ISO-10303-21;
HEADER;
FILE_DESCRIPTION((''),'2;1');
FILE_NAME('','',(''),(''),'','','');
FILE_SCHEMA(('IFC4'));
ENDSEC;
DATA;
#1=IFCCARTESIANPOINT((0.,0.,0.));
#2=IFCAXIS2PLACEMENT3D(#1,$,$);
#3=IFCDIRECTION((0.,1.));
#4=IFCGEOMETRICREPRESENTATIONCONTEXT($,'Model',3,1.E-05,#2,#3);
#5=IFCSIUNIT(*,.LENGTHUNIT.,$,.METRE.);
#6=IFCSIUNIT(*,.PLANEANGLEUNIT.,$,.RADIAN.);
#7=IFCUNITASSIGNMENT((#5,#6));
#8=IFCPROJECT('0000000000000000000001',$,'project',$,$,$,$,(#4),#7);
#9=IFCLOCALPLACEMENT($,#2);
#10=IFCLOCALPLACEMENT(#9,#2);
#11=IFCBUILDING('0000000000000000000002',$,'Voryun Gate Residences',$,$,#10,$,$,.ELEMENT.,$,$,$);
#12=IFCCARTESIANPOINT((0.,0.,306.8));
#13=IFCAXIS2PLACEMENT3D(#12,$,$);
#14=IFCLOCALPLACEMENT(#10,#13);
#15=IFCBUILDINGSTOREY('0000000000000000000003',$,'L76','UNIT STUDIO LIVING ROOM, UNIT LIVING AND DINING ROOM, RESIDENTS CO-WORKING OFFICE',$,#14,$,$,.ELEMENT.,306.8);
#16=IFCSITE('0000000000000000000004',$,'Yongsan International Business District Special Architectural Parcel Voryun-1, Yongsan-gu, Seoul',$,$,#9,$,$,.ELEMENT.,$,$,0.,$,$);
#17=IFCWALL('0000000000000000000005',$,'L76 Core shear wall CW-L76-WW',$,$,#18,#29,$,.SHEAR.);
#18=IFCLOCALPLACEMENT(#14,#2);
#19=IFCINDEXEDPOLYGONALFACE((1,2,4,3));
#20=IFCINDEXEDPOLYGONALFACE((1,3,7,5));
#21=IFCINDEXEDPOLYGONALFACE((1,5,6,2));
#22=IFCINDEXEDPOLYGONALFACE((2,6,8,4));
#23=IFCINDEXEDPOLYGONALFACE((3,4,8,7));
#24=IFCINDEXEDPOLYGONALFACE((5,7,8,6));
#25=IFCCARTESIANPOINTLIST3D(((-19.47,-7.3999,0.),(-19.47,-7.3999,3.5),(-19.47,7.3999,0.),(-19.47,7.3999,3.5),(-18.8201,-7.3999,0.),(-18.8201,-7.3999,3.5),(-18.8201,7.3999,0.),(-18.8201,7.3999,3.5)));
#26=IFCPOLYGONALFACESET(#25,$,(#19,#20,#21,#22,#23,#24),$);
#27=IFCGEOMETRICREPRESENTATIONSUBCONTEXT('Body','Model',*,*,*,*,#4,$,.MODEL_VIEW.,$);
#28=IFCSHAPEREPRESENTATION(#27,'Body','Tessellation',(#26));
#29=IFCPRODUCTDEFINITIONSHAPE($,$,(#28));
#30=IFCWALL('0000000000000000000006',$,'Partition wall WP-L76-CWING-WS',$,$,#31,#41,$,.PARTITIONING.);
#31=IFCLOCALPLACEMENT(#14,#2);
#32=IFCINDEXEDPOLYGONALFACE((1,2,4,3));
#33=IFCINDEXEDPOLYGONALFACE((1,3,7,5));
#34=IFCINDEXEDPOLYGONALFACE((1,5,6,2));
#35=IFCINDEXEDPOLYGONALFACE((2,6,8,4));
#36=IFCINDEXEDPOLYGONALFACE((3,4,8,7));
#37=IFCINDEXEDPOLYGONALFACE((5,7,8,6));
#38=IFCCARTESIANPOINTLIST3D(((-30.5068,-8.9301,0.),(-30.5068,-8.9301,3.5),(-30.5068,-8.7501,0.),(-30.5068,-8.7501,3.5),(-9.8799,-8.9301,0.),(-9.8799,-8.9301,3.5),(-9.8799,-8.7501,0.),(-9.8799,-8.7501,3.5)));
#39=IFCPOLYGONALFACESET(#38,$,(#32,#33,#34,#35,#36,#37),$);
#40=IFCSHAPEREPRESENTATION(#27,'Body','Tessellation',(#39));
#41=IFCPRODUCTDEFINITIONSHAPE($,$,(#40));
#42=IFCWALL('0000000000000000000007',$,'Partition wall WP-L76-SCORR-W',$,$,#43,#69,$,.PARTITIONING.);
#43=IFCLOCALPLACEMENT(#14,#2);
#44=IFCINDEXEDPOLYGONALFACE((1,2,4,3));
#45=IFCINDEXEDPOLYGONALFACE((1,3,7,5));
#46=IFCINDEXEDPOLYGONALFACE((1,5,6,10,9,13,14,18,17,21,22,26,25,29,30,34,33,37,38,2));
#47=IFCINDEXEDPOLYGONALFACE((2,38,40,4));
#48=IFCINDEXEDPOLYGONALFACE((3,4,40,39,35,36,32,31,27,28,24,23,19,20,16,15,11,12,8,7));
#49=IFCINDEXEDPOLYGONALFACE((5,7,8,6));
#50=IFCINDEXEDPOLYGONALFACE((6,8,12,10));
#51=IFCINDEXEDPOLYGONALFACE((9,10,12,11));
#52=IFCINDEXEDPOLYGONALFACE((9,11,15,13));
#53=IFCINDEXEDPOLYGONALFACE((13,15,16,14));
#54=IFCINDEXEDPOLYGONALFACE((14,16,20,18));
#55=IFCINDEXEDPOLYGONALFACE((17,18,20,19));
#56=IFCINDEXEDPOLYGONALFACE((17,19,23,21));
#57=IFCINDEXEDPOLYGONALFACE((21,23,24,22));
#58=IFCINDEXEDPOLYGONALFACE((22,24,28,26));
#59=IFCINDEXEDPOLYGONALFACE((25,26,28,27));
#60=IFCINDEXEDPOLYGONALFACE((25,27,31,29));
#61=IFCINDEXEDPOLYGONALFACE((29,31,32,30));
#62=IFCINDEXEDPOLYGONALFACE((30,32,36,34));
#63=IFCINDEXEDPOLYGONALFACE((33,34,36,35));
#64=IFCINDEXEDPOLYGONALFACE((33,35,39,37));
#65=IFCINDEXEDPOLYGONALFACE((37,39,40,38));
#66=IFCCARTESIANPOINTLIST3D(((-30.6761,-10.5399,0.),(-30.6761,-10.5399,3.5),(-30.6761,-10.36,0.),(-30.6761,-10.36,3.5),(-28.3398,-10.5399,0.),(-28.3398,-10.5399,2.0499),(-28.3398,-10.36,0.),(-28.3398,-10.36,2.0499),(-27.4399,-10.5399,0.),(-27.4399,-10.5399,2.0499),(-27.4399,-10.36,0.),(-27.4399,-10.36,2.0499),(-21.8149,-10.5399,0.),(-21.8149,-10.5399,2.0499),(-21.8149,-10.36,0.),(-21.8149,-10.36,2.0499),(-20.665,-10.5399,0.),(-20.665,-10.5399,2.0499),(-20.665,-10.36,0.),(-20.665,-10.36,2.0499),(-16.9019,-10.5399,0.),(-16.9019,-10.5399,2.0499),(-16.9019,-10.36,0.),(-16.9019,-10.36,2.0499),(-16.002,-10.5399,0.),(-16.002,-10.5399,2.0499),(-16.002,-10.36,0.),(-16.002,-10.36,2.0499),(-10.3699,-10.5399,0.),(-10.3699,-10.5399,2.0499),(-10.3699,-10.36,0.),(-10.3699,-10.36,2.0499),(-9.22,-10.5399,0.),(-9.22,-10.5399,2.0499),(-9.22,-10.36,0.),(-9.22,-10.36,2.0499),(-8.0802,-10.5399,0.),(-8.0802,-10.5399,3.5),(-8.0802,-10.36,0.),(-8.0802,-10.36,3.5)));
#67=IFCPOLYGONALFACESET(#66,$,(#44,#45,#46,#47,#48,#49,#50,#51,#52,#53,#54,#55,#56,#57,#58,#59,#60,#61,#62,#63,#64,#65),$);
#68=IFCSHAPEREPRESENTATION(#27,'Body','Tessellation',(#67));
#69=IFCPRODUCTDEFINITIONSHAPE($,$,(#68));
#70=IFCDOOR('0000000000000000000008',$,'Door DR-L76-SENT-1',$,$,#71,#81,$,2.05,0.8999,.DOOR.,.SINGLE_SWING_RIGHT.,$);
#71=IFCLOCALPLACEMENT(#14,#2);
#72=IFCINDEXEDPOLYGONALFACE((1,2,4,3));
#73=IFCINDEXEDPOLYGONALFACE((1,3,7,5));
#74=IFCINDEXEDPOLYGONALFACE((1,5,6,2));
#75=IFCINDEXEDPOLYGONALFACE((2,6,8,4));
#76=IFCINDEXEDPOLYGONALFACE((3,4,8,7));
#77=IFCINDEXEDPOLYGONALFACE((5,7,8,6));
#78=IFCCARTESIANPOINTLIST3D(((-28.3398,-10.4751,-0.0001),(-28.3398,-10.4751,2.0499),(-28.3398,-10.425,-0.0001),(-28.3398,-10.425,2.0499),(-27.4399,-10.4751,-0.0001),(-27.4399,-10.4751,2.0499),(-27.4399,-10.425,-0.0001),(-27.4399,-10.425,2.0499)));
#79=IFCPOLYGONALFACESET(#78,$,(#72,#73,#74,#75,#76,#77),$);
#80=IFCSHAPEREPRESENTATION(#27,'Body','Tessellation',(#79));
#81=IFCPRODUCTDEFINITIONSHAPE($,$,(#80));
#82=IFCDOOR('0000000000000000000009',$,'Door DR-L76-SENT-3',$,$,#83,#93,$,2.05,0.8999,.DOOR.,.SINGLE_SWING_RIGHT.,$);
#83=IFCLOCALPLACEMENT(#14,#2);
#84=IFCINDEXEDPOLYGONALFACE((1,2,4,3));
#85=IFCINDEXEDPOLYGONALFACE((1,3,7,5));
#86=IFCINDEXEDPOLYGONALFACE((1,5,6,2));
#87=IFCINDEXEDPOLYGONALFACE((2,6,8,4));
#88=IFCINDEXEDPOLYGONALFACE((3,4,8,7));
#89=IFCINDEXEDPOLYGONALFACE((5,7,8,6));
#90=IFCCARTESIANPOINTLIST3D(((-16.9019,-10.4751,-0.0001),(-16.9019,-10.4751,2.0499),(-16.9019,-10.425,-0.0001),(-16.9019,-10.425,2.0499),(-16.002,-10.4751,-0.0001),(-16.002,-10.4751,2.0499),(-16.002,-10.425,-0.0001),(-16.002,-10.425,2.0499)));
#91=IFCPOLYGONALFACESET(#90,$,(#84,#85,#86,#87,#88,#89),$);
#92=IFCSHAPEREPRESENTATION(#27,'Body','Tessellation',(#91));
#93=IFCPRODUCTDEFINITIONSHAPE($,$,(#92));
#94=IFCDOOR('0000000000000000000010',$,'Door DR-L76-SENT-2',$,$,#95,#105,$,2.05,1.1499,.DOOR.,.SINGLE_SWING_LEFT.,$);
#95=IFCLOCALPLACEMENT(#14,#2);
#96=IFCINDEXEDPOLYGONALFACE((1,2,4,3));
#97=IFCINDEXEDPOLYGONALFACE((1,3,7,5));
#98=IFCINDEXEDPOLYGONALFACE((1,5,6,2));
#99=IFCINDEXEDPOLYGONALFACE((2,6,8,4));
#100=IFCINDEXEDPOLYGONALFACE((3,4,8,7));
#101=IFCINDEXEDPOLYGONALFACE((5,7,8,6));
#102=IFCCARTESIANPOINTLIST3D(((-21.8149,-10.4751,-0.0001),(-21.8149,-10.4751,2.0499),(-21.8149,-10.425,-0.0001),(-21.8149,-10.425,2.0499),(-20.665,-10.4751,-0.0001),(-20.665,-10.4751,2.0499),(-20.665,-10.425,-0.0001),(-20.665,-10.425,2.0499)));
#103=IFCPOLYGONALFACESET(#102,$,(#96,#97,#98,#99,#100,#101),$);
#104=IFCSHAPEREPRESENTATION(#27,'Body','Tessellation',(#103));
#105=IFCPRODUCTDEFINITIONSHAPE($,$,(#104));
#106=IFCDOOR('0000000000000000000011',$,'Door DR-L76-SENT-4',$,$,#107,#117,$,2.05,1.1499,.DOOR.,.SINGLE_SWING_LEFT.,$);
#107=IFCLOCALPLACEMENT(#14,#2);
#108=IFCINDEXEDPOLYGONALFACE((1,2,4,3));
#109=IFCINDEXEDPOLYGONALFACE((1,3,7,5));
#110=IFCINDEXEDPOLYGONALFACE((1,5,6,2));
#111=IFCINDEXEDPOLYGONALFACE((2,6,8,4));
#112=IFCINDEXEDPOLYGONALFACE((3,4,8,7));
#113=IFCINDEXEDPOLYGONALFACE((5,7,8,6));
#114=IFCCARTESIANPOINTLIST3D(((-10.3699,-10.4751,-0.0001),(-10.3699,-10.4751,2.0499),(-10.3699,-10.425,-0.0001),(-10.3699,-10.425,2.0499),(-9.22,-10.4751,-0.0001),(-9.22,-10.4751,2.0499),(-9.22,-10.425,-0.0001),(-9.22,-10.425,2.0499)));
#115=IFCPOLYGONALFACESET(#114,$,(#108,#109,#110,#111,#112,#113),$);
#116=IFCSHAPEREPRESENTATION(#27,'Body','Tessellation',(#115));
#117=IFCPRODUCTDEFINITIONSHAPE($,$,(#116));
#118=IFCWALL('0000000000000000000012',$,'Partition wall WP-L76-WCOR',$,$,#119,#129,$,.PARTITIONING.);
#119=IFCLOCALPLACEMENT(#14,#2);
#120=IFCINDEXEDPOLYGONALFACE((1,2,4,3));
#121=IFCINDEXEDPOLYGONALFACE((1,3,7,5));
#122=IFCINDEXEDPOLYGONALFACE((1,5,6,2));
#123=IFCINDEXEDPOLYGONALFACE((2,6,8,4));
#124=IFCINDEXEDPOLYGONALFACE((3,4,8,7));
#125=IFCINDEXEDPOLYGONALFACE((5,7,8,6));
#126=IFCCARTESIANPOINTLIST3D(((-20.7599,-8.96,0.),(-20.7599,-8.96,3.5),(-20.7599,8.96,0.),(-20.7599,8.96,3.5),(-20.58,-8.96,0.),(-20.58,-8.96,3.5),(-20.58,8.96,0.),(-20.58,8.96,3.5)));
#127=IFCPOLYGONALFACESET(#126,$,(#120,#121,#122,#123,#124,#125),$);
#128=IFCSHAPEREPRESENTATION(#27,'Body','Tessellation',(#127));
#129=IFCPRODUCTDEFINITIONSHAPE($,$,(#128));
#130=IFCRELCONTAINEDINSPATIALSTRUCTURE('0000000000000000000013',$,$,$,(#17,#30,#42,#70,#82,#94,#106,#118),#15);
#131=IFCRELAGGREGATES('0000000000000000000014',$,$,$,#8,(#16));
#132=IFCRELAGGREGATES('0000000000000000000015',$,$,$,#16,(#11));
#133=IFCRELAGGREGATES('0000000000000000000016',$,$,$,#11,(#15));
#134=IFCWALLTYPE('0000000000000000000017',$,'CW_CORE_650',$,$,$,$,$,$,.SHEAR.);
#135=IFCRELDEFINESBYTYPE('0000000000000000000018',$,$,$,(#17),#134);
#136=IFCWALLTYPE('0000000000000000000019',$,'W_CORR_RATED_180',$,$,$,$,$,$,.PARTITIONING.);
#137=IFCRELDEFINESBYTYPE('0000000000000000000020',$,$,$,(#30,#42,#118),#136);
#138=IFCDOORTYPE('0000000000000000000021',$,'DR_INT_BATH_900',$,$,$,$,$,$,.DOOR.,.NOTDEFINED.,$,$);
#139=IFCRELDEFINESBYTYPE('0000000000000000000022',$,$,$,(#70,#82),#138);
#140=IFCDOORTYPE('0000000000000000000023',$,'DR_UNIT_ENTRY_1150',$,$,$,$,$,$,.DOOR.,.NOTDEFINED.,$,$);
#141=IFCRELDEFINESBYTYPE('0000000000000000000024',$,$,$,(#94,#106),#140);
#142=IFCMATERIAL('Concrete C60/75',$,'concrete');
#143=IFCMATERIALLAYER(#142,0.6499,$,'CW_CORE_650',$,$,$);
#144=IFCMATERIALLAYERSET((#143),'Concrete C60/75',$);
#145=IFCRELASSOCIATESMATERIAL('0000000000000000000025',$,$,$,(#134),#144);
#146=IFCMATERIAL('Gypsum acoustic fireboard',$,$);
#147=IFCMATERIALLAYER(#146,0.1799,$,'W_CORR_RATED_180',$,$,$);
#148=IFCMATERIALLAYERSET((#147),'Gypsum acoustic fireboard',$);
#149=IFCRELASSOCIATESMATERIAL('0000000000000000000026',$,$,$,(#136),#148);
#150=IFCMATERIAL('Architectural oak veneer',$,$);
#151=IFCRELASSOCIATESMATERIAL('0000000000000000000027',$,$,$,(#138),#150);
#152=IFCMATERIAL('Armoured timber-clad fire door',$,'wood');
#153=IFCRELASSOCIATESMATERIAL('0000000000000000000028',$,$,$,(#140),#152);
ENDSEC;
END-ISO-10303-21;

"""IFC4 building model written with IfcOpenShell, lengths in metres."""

from ifc_helpers import new_model, si_unit, direction, frame, frame_2d, origin, place, context, subcontext, project, spatial, rectangle, extrude, material, layer, layer_set, type_object, element, fill, save


model = new_model("IFC4")

# Units and contexts
model_context = context("Model", 3, precision=1e-05, world=origin(), true_north=direction((0.0, 1.0)))
body_context = subcontext(model_context, "Body", "Model", "MODEL_VIEW")
ifc_project = project(units=[si_unit("LENGTHUNIT", "METRE"), si_unit("PLANEANGLEUNIT", "RADIAN")], contexts=[model_context])

# Site, building, storey
site_placement = place(None, origin())
site = spatial("IfcSite", under=ifc_project, at=site_placement, Name="Yongsan International Business District Special Architectural Parcel Voryun-1, Yongsan-gu, Seoul", CompositionType="ELEMENT", RefElevation=0.0)
building_placement = place(site_placement, origin())
building = spatial("IfcBuilding", under=site, at=building_placement, Name="Voryun Gate Residences", CompositionType="ELEMENT")
storey_placement = place(building_placement, frame((0.0, 0.0, 306.8)))
storey = spatial("IfcBuildingStorey", under=building, at=storey_placement, Name="L76", Description="UNIT STUDIO LIVING ROOM, UNIT LIVING AND DINING ROOM, RESIDENTS CO-WORKING OFFICE", CompositionType="ELEMENT", Elevation=306.8)

# Walls
ifc_material_1 = material(Name="Concrete C60/75", Category="concrete")
ifc_layer_1 = layer(ifc_material_1, 0.6499, Name="CW_CORE_650")
ifc_layer_set_1 = layer_set([ifc_layer_1], Name="Concrete C60/75")
wall_type_1 = type_object("IfcWallType", Name="CW_CORE_650", PredefinedType="SHEAR", material=ifc_layer_set_1)
wall_1_placement = place(storey_placement, frame((-19.145, -7.3999, 0.0), z_axis=(0.0, 0.0, 1.0), x_axis=(0.0, 1.0, 0.0)))
element("IfcWall", 1, at=wall_1_placement, inside=storey, type_object=wall_type_1, Name="L76 Core shear wall CW-L76-WW", PredefinedType="SHEAR", context=body_context, shape_type="SweptSolid", body=[
    extrude(rectangle(XDim=14.7998, YDim=0.6499, at=frame_2d((7.3999, 0.0))), origin(), (0.0, 0.0, 1.0), 3.5),
])
ifc_material_2 = material(Name="Gypsum acoustic fireboard")
ifc_layer_2 = layer(ifc_material_2, 0.1799, Name="W_CORR_RATED_180")
ifc_layer_set_2 = layer_set([ifc_layer_2], Name="Gypsum acoustic fireboard")
wall_type_2 = type_object("IfcWallType", Name="W_CORR_RATED_180", PredefinedType="PARTITIONING", material=ifc_layer_set_2)
wall_2_placement = place(storey_placement, frame((-30.5068, -8.8401, 0.0), z_axis=(0.0, 0.0, 1.0), x_axis=(1.0, 0.0, 0.0)))
element("IfcWall", 2, at=wall_2_placement, inside=storey, type_object=wall_type_2, Name="Partition wall WP-L76-CWING-WS", PredefinedType="PARTITIONING", context=body_context, shape_type="SweptSolid", body=[
    extrude(rectangle(XDim=20.627, YDim=0.1799, at=frame_2d((10.3135, 0.0))), origin(), (0.0, 0.0, 1.0), 3.5),
])

# Wall, openings, doors
wall_3_placement = place(storey_placement, frame((-30.676, -10.45, 0.0), z_axis=(0.0, 0.0, 1.0), x_axis=(1.0, 0.0, 0.0)))
wall_3 = element("IfcWall", 3, at=wall_3_placement, inside=storey, type_object=wall_type_2, Name="Partition wall WP-L76-SCORR-W", PredefinedType="PARTITIONING", context=body_context, shape_type="SweptSolid", body=[
    extrude(rectangle(XDim=22.5959, YDim=0.1799, at=frame_2d((11.2979, 0.0))), origin(), (0.0, 0.0, 1.0), 3.5),
])
opening_1_placement = place(wall_3_placement, frame((2.3362, 0.0, 0.0)))
opening_1 = element("IfcOpeningElement", 4, at=opening_1_placement, cuts=wall_3, PredefinedType="OPENING", context=body_context, shape_type="SweptSolid", body=[
    extrude(rectangle(XDim=0.8999, YDim=2.05, at=frame_2d((0.45, 1.0249))), frame((0.0, 0.0999, 0.0), z_axis=(0.0, -1.0, 0.0), x_axis=(1.0, 0.0, 0.0)), (0.0, 0.0, 1.0), 0.2),
])
opening_2_placement = place(wall_3_placement, frame((8.8611, 0.0, 0.0)))
opening_2 = element("IfcOpeningElement", 5, at=opening_2_placement, cuts=wall_3, PredefinedType="OPENING", context=body_context, shape_type="SweptSolid", body=[
    extrude(rectangle(XDim=1.1499, YDim=2.05, at=frame_2d((0.575, 1.0249))), frame((0.0, 0.0999, 0.0), z_axis=(0.0, -1.0, 0.0), x_axis=(1.0, 0.0, 0.0)), (0.0, 0.0, 1.0), 0.2),
])
opening_3_placement = place(wall_3_placement, frame((13.7742, 0.0, 0.0)))
opening_3 = element("IfcOpeningElement", 6, at=opening_3_placement, cuts=wall_3, PredefinedType="OPENING", context=body_context, shape_type="SweptSolid", body=[
    extrude(rectangle(XDim=0.8999, YDim=2.05, at=frame_2d((0.45, 1.0249))), frame((0.0, 0.0999, 0.0), z_axis=(0.0, -1.0, 0.0), x_axis=(1.0, 0.0, 0.0)), (0.0, 0.0, 1.0), 0.2),
])
opening_4_placement = place(wall_3_placement, frame((20.3062, 0.0, 0.0)))
opening_4 = element("IfcOpeningElement", 7, at=opening_4_placement, cuts=wall_3, PredefinedType="OPENING", context=body_context, shape_type="SweptSolid", body=[
    extrude(rectangle(XDim=1.1499, YDim=2.05, at=frame_2d((0.575, 1.0249))), frame((0.0, 0.0999, 0.0), z_axis=(0.0, -1.0, 0.0), x_axis=(1.0, 0.0, 0.0)), (0.0, 0.0, 1.0), 0.2),
])
ifc_material_3 = material(Name="Architectural oak veneer")
door_type_1 = type_object("IfcDoorType", Name="DR_INT_BATH_900", OperationType="NOTDEFINED", PredefinedType="DOOR", material=ifc_material_3)
door_1_placement = place(opening_1_placement, origin())
door_1 = element("IfcDoor", 8, at=door_1_placement, inside=storey, type_object=door_type_1, Name="Door DR-L76-SENT-1", OperationType="SINGLE_SWING_RIGHT", OverallHeight=2.05, OverallWidth=0.8999, PredefinedType="DOOR", context=body_context, shape_type="SweptSolid", body=[
    extrude(rectangle(XDim=0.8999, YDim=2.05, at=frame_2d((0.45, 1.0249))), frame((0.0, 0.0249, 0.0), z_axis=(0.0, -1.0, 0.0), x_axis=(1.0, 0.0, 0.0)), (0.0, 0.0, 1.0), 0.05),
])
fill(opening_1, door_1)
door_2_placement = place(opening_3_placement, origin())
door_2 = element("IfcDoor", 9, at=door_2_placement, inside=storey, type_object=door_type_1, Name="Door DR-L76-SENT-3", OperationType="SINGLE_SWING_RIGHT", OverallHeight=2.05, OverallWidth=0.8999, PredefinedType="DOOR", context=body_context, shape_type="SweptSolid", body=[
    extrude(rectangle(XDim=0.8999, YDim=2.05, at=frame_2d((0.45, 1.0249))), frame((0.0, 0.0249, 0.0), z_axis=(0.0, -1.0, 0.0), x_axis=(1.0, 0.0, 0.0)), (0.0, 0.0, 1.0), 0.05),
])
fill(opening_3, door_2)
ifc_material_4 = material(Name="Armoured timber-clad fire door", Category="wood")
door_type_2 = type_object("IfcDoorType", Name="DR_UNIT_ENTRY_1150", OperationType="NOTDEFINED", PredefinedType="DOOR", material=ifc_material_4)
door_3_placement = place(opening_2_placement, origin())
door_3 = element("IfcDoor", 10, at=door_3_placement, inside=storey, type_object=door_type_2, Name="Door DR-L76-SENT-2", OperationType="SINGLE_SWING_LEFT", OverallHeight=2.05, OverallWidth=1.1499, PredefinedType="DOOR", context=body_context, shape_type="SweptSolid", body=[
    extrude(rectangle(XDim=1.1499, YDim=2.05, at=frame_2d((0.575, 1.0249))), frame((0.0, 0.0249, 0.0), z_axis=(0.0, -1.0, 0.0), x_axis=(1.0, 0.0, 0.0)), (0.0, 0.0, 1.0), 0.05),
])
fill(opening_2, door_3)
door_4_placement = place(opening_4_placement, origin())
door_4 = element("IfcDoor", 11, at=door_4_placement, inside=storey, type_object=door_type_2, Name="Door DR-L76-SENT-4", OperationType="SINGLE_SWING_LEFT", OverallHeight=2.05, OverallWidth=1.1499, PredefinedType="DOOR", context=body_context, shape_type="SweptSolid", body=[
    extrude(rectangle(XDim=1.1499, YDim=2.05, at=frame_2d((0.575, 1.0249))), frame((0.0, 0.0249, 0.0), z_axis=(0.0, -1.0, 0.0), x_axis=(1.0, 0.0, 0.0)), (0.0, 0.0, 1.0), 0.05),
])
fill(opening_4, door_4)

# Wall
wall_4_placement = place(storey_placement, frame((-20.6699, -8.96, 0.0), z_axis=(0.0, 0.0, 1.0), x_axis=(0.0, 1.0, 0.0)))
element("IfcWall", 12, at=wall_4_placement, inside=storey, type_object=wall_type_2, Name="Partition wall WP-L76-WCOR", PredefinedType="PARTITIONING", context=body_context, shape_type="SweptSolid", body=[
    extrude(rectangle(XDim=17.9199, YDim=0.1799, at=frame_2d((8.96, 0.0))), origin(), (0.0, 0.0, 1.0), 3.5),
])

save(model, "model.ifc")
